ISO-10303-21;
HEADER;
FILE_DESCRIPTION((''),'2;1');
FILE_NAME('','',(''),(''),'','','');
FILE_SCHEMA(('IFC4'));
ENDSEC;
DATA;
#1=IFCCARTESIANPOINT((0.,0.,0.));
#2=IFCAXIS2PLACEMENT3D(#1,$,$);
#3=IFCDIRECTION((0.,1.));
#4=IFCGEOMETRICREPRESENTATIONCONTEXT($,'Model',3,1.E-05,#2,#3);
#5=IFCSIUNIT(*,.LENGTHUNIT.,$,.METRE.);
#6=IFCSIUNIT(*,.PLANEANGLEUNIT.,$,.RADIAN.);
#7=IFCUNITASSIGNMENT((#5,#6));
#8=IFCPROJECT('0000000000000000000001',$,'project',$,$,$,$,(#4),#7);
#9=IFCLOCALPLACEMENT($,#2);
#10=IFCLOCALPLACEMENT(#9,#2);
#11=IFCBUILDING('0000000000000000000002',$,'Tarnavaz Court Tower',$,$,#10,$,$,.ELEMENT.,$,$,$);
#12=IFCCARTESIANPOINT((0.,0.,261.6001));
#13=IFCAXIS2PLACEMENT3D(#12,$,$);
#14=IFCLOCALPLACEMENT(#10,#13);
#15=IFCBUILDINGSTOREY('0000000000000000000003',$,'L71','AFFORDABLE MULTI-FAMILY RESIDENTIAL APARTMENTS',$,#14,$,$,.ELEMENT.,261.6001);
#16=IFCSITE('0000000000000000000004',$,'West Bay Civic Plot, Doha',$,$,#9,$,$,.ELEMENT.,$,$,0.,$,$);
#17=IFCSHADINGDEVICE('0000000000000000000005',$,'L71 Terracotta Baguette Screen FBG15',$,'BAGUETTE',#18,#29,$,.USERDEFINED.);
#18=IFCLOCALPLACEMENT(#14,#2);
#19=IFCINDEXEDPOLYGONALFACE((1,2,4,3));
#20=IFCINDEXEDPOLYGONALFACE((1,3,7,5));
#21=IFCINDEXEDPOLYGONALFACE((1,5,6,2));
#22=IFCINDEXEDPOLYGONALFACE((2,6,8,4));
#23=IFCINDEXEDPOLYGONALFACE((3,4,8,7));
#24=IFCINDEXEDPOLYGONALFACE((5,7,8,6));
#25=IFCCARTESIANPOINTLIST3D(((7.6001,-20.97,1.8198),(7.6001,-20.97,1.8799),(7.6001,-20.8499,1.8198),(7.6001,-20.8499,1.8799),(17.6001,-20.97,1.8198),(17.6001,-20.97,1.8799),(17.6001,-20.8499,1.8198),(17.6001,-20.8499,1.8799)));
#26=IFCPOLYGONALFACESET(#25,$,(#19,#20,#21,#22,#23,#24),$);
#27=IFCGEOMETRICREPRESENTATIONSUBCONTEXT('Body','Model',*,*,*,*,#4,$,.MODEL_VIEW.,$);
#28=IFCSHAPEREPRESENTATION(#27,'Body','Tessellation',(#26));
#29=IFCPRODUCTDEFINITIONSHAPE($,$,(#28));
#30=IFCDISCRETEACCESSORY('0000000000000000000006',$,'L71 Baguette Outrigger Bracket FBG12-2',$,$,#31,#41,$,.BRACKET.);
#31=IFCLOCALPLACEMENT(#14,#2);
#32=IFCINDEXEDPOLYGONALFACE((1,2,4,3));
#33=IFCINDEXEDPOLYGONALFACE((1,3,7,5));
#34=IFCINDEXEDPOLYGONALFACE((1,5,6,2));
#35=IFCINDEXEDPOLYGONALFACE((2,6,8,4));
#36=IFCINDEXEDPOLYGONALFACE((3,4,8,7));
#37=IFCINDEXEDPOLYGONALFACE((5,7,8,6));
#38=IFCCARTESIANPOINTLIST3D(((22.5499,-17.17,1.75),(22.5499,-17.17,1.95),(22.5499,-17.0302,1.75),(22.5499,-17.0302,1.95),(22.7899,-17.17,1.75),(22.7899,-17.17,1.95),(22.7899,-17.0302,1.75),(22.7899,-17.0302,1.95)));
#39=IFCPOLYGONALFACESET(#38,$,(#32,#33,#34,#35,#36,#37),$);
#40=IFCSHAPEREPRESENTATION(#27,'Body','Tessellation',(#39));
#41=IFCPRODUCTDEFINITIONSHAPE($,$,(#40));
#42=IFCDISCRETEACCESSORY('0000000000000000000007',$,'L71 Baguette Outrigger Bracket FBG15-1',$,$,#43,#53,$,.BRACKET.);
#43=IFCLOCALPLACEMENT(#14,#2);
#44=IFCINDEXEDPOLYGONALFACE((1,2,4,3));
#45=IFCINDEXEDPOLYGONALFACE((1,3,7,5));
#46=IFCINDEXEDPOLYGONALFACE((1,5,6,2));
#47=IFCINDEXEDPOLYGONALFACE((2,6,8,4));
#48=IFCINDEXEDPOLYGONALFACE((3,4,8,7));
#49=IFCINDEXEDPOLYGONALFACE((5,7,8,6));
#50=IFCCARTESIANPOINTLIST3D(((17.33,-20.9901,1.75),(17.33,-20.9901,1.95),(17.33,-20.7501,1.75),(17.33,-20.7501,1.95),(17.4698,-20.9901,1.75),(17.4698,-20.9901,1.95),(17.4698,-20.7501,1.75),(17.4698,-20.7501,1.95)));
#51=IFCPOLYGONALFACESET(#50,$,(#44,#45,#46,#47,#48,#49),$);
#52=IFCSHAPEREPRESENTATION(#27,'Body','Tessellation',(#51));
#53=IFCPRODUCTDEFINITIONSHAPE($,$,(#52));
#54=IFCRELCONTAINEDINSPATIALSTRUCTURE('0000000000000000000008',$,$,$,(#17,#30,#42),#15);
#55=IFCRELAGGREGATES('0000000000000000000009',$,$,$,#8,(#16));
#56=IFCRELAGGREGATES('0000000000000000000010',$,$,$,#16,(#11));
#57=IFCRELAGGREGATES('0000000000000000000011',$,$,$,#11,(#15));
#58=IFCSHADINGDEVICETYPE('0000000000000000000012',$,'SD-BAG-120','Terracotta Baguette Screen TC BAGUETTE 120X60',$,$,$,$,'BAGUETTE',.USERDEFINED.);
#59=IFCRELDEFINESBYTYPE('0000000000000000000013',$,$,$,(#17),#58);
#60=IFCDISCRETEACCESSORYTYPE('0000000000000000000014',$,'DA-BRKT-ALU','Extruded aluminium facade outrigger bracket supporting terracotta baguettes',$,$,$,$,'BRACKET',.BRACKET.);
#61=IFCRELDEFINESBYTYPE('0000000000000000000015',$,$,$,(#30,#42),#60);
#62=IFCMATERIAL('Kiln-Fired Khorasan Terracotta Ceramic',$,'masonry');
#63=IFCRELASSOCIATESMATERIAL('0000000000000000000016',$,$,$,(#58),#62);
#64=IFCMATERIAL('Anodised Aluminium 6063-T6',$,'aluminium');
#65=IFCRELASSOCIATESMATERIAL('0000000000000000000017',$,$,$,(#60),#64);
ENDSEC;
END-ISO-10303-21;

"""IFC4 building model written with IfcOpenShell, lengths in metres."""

from ifc_helpers import new_model, si_unit, direction, frame, origin, origin_2d, place, context, subcontext, project, spatial, rectangle, extrude, material, material_profile, profile_set, type_object, element, save


model = new_model("IFC4")

# Units and contexts
model_context = context("Model", 3, precision=1e-05, world=origin(), true_north=direction((0.0, 1.0)))
body_context = subcontext(model_context, "Body", "Model", "MODEL_VIEW")
ifc_project = project(units=[si_unit("LENGTHUNIT", "METRE"), si_unit("PLANEANGLEUNIT", "RADIAN")], contexts=[model_context])

# Site, building, storey
site_placement = place(None, origin())
site = spatial("IfcSite", under=ifc_project, at=site_placement, Name="West Bay Civic Plot, Doha", CompositionType="ELEMENT", RefElevation=0.0)
building_placement = place(site_placement, origin())
building = spatial("IfcBuilding", under=site, at=building_placement, Name="Tarnavaz Court Tower", CompositionType="ELEMENT")
storey_placement = place(building_placement, frame((0.0, 0.0, 261.6001)))
storey = spatial("IfcBuildingStorey", under=building, at=storey_placement, Name="L71", Description="AFFORDABLE MULTI-FAMILY RESIDENTIAL APARTMENTS", CompositionType="ELEMENT", Elevation=261.6001)

# Shading device
ifc_material_1 = material(Name="Kiln-Fired Khorasan Terracotta Ceramic", Category="masonry")
ifc_material_profile_1 = material_profile(ifc_material_1, rectangle(XDim=0.1201, YDim=0.0601, at=origin_2d()), Name="TC BAGUETTE 120X60")
ifc_profile_set_1 = profile_set([ifc_material_profile_1], Name="Kiln-Fired Khorasan Terracotta Ceramic")
shading_device_type = type_object("IfcShadingDeviceType", Name="SD-BAG-120", Description="Terracotta Baguette Screen TC BAGUETTE 120X60", ElementType="BAGUETTE", PredefinedType="USERDEFINED", material=ifc_profile_set_1)
shading_device_placement = place(storey_placement, frame((17.6001, -20.9099, 1.8499), z_axis=(-1.0, 0.0, 0.0), x_axis=(0.0, -1.0, 0.0)))
element("IfcShadingDevice", 1, at=shading_device_placement, inside=storey, type_object=shading_device_type, Name="L71 Terracotta Baguette Screen FBG15", ObjectType="BAGUETTE", PredefinedType="USERDEFINED", context=body_context, shape_type="SweptSolid", body=[
    extrude(rectangle(XDim=0.1201, YDim=0.0601, at=origin_2d()), origin(), (0.0, 0.0, 1.0), 10.0),
])

# Discrete accessories
ifc_material_2 = material(Name="Anodised Aluminium 6063-T6", Category="aluminium")
discrete_accessory_type = type_object("IfcDiscreteAccessoryType", Name="DA-BRKT-ALU", Description="Extruded aluminium facade outrigger bracket supporting terracotta baguettes", ElementType="BRACKET", PredefinedType="BRACKET", material=ifc_material_2)
for number, where, z_axis, x_axis, name in (
    (2, (22.6699, -17.1001, 1.75), (0.0, 0.0, 1.0), (0.0, -1.0, 0.0), "L71 Baguette Outrigger Bracket FBG12-2"),
    (3, (17.3999, -20.8701, 1.75), (0.0, 0.0, 1.0), (-1.0, 0.0, 0.0), "L71 Baguette Outrigger Bracket FBG15-1"),
):
    element("IfcDiscreteAccessory", number, at=place(storey_placement, frame(where, z_axis=z_axis, x_axis=x_axis)), inside=storey, type_object=discrete_accessory_type, Name=name, PredefinedType="BRACKET", context=body_context, shape_type="SweptSolid", body=[
        extrude(rectangle(XDim=0.1399, YDim=0.24, at=origin_2d()), origin(), (0.0, 0.0, 1.0), 0.2),
    ])

save(model, "model.ifc")
